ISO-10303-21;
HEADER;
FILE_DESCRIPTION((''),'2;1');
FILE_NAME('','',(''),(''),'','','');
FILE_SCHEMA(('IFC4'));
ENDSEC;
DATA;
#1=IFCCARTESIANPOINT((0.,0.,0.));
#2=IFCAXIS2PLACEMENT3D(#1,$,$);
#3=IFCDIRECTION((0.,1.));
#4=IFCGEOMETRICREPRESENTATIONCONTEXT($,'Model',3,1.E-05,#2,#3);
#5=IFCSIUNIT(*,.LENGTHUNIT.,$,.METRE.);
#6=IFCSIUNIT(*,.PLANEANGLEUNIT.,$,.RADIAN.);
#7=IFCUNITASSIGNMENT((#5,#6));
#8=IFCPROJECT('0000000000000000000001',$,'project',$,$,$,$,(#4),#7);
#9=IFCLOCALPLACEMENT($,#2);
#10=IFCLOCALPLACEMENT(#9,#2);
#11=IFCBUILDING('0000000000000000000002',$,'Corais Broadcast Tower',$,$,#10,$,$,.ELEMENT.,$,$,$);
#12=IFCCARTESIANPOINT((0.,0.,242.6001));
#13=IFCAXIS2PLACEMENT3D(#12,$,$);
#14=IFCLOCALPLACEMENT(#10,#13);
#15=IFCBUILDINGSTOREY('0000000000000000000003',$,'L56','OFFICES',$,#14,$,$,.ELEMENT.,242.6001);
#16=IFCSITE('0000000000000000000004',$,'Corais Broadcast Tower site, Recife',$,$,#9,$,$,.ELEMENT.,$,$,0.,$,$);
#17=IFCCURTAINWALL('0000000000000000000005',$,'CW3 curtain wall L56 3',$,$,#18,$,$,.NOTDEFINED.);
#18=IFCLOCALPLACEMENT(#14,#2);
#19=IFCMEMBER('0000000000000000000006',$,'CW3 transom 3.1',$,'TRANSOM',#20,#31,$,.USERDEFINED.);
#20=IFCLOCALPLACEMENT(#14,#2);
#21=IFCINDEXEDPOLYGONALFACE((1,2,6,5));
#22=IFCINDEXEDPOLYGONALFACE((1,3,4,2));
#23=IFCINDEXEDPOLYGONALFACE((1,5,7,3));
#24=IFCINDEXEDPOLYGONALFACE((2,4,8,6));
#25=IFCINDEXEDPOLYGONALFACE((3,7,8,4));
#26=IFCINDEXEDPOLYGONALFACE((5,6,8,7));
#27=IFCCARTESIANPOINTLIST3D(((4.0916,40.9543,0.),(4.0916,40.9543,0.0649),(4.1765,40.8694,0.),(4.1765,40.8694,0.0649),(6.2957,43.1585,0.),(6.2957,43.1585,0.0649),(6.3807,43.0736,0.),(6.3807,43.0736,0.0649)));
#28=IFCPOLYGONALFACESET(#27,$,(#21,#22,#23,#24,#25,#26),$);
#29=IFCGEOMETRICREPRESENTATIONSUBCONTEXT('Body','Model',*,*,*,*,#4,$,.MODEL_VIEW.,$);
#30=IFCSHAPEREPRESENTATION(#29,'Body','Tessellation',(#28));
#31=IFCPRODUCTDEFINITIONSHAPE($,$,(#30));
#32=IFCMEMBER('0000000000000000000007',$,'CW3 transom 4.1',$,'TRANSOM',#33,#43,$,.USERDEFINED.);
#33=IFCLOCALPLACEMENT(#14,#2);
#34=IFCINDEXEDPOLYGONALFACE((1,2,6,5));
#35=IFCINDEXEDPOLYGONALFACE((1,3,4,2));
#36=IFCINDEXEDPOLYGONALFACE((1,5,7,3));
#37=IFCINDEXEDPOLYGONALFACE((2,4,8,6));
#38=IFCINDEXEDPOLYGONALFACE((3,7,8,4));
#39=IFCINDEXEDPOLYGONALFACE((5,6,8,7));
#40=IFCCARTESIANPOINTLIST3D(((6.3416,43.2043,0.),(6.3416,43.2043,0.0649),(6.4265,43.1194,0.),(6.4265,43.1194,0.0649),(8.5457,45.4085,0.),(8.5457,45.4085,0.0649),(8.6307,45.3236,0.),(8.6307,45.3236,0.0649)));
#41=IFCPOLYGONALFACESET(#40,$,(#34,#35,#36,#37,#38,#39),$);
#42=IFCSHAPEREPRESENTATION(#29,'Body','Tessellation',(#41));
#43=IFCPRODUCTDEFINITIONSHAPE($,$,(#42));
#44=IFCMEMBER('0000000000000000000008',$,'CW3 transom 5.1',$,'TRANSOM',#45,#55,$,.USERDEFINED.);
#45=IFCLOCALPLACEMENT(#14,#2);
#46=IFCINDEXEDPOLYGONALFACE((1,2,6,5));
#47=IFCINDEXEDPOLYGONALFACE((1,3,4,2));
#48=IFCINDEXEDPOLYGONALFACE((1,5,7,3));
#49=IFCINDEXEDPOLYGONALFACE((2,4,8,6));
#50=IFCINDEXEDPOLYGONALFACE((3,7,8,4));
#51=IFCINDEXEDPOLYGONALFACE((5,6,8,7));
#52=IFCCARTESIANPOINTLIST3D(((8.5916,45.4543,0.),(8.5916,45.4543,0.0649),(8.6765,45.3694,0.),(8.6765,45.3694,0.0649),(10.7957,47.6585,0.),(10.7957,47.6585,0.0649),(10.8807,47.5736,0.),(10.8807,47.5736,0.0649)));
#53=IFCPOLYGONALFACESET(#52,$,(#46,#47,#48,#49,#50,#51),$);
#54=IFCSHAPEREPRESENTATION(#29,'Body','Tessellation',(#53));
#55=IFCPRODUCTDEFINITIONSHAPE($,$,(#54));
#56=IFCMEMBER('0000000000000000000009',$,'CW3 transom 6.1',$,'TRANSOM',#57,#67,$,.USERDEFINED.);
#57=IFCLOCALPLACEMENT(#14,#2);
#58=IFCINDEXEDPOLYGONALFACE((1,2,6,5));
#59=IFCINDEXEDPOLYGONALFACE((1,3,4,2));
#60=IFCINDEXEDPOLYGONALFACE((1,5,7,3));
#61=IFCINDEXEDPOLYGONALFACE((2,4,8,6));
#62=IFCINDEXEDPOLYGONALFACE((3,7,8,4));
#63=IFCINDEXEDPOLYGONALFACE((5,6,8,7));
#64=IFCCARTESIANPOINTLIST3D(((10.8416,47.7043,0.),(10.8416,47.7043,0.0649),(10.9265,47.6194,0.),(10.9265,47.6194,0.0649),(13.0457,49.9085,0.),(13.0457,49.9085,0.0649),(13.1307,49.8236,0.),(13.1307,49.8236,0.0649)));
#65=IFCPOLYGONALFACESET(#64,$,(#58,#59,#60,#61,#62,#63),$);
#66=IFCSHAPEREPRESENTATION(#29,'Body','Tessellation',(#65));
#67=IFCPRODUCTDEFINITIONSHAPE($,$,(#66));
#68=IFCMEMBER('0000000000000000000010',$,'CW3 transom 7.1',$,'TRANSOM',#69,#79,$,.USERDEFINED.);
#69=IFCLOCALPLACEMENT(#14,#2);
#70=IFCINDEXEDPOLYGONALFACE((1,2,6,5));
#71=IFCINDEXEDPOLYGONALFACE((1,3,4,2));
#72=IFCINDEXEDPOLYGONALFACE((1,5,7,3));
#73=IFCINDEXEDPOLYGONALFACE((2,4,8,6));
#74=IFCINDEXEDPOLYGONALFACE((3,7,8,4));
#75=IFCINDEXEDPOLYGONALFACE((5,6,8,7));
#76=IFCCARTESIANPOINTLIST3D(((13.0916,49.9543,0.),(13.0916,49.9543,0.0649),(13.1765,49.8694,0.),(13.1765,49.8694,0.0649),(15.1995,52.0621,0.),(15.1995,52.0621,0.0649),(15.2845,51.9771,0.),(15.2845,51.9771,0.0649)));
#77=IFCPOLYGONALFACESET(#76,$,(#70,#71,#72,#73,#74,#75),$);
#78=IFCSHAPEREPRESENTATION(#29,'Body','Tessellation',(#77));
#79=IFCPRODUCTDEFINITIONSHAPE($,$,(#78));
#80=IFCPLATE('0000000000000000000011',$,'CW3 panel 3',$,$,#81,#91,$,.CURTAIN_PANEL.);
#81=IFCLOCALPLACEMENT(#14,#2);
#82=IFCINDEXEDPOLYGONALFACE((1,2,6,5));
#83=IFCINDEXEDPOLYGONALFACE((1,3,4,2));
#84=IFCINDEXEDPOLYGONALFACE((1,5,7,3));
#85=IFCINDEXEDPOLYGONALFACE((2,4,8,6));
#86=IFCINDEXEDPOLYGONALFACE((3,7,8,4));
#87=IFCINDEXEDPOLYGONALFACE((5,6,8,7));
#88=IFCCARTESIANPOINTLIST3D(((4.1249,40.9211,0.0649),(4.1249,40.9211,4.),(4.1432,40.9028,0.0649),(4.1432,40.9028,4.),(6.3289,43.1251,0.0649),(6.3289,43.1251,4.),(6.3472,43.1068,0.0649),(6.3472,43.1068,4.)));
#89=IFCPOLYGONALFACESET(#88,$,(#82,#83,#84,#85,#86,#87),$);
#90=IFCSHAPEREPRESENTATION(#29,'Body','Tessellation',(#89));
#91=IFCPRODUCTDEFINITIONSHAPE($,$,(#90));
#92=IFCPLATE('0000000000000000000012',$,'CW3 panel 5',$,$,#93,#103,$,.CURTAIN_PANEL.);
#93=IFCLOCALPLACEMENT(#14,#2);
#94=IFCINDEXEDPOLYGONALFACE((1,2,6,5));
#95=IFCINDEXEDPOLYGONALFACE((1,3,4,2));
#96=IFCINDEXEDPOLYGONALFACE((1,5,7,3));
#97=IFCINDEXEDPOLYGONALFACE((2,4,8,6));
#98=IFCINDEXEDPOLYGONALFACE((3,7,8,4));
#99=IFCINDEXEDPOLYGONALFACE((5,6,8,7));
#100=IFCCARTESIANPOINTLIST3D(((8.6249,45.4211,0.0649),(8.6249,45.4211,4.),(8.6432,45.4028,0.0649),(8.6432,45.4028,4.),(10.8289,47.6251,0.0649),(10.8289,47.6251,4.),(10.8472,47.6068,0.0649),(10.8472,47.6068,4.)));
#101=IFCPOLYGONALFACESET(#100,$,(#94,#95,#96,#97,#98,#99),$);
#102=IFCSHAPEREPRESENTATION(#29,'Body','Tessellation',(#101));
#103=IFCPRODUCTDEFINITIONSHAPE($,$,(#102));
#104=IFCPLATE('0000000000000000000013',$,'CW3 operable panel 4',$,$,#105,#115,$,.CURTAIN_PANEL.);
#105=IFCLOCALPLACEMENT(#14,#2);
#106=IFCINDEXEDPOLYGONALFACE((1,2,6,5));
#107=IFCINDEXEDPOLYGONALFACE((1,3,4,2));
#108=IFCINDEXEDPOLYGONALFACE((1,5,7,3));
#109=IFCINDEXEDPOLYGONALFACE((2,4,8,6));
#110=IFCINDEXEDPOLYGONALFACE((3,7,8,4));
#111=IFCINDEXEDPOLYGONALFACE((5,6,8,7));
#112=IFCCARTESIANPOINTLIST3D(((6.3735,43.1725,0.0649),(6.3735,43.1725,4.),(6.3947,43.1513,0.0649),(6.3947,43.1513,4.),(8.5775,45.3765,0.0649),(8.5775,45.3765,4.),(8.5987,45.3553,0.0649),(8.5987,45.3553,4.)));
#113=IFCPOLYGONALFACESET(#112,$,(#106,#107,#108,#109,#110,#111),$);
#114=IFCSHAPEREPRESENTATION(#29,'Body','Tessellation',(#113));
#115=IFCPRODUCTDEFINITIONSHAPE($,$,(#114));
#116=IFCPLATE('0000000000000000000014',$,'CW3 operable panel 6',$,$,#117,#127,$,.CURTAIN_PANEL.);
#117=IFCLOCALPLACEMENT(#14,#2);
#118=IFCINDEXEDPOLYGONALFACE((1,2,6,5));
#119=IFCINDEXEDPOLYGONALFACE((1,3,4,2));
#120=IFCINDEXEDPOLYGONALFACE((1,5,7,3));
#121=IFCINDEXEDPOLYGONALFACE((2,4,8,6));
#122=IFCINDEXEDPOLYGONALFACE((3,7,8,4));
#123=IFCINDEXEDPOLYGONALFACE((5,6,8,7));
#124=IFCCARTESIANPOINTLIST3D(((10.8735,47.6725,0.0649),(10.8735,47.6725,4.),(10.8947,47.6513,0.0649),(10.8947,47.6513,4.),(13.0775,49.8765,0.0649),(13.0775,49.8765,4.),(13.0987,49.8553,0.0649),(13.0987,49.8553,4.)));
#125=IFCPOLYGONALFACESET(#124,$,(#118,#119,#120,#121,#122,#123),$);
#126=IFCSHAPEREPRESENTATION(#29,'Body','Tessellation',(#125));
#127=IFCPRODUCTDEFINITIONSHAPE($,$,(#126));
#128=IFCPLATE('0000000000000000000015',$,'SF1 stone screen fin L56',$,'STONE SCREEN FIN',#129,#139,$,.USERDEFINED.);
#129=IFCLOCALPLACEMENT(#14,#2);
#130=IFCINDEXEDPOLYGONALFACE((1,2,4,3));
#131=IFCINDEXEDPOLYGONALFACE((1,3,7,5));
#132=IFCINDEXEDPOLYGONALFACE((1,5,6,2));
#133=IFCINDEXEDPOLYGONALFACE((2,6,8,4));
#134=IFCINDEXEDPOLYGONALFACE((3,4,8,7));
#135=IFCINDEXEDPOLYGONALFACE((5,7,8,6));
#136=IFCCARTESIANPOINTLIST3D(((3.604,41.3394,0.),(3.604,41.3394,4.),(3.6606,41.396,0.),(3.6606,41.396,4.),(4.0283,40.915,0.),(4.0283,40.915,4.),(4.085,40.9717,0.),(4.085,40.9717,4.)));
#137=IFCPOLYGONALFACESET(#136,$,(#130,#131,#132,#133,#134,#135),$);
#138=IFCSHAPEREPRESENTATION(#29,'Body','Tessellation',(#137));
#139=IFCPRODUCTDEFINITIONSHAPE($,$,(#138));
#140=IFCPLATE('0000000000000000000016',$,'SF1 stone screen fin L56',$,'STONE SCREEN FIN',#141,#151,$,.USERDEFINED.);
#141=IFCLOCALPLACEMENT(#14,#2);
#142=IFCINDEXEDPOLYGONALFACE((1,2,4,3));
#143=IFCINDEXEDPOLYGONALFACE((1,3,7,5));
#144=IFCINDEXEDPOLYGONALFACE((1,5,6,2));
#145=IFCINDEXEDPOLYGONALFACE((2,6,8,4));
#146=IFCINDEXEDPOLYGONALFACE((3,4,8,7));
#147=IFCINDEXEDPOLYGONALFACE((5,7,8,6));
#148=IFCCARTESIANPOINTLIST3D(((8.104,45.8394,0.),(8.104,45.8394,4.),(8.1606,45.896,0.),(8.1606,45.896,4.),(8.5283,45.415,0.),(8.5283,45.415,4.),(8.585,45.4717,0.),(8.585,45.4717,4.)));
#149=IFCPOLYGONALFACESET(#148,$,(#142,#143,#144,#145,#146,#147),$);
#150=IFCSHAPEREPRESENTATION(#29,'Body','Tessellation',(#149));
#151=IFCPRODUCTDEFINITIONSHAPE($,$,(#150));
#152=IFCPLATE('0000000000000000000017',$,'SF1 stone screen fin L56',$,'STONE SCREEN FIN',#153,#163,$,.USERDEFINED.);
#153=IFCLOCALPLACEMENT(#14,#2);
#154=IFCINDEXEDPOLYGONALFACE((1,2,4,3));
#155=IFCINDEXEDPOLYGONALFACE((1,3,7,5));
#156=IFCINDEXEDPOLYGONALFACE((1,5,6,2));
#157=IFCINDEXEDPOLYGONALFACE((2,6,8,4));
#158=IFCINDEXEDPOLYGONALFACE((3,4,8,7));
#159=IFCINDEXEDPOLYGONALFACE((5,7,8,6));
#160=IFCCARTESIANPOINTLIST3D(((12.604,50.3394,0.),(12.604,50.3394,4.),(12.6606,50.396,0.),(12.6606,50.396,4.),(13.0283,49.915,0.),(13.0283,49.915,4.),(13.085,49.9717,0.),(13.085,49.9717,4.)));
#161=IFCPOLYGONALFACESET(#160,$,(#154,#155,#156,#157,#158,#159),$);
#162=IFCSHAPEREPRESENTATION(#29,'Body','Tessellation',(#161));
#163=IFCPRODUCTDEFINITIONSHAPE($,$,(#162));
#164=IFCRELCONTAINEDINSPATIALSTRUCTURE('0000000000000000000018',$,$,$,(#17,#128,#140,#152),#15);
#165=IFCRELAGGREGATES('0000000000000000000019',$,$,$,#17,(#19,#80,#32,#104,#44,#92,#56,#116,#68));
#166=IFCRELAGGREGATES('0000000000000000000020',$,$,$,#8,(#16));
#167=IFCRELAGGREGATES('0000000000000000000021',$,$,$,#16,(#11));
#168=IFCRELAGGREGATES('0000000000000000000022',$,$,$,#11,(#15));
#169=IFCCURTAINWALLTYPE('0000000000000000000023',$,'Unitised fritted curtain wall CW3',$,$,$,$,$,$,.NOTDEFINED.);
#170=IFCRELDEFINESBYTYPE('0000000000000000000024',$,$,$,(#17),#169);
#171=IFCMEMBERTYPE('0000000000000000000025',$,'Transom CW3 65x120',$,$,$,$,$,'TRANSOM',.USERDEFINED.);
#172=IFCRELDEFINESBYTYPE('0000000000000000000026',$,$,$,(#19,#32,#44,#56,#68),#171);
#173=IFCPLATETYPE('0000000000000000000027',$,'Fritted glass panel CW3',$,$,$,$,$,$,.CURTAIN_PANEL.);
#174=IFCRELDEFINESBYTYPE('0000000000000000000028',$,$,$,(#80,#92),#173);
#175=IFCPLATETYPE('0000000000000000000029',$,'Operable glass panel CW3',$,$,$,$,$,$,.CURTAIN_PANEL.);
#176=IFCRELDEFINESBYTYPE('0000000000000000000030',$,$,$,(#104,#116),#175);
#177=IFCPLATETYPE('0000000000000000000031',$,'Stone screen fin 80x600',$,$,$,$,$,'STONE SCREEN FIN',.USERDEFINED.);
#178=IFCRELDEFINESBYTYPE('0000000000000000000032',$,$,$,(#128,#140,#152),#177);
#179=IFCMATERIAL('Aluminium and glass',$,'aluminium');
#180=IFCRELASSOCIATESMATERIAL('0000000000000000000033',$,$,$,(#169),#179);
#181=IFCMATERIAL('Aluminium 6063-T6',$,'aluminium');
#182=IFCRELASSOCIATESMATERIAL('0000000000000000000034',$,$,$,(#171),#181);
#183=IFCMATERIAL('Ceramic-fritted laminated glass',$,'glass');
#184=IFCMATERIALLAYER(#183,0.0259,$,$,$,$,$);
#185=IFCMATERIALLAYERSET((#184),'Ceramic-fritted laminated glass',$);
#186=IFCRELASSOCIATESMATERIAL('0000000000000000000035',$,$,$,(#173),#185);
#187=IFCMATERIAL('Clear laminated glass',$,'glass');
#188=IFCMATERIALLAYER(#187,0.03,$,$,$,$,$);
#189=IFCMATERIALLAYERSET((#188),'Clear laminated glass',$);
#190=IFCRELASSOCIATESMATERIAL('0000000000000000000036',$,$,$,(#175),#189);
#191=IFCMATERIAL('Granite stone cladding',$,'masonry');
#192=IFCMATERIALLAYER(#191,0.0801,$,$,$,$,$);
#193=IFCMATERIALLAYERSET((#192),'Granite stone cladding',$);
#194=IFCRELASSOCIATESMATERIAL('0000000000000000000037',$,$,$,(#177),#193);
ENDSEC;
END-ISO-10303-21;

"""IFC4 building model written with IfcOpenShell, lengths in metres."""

from ifc_helpers import new_model, si_unit, direction, frame, origin, origin_2d, place, context, subcontext, project, spatial, rectangle, extrude, material, layer, layer_set, material_profile, profile_set, type_object, element, aggregate, save


model = new_model("IFC4")

# Units and contexts
model_context = context("Model", 3, precision=1e-05, world=origin(), true_north=direction((0.0, 1.0)))
body_context = subcontext(model_context, "Body", "Model", "MODEL_VIEW")
ifc_project = project(units=[si_unit("LENGTHUNIT", "METRE"), si_unit("PLANEANGLEUNIT", "RADIAN")], contexts=[model_context])

# Site, building, storey
site_placement = place(None, origin())
site = spatial("IfcSite", under=ifc_project, at=site_placement, Name="Corais Broadcast Tower site, Recife", CompositionType="ELEMENT", RefElevation=0.0)
building_placement = place(site_placement, origin())
building = spatial("IfcBuilding", under=site, at=building_placement, Name="Corais Broadcast Tower", CompositionType="ELEMENT")
storey_placement = place(building_placement, frame((0.0, 0.0, 242.6001)))
storey = spatial("IfcBuildingStorey", under=building, at=storey_placement, Name="L56", Description="OFFICES", CompositionType="ELEMENT", Elevation=242.6001)

# Curtain wall
ifc_material_1 = material(Name="Aluminium and glass", Category="aluminium")
curtain_wall_type = type_object("IfcCurtainWallType", Name="Unitised fritted curtain wall CW3", PredefinedType="NOTDEFINED", material=ifc_material_1)
curtain_wall_placement = place(storey_placement, origin())
curtain_wall = element("IfcCurtainWall", 1, at=curtain_wall_placement, inside=storey, type_object=curtain_wall_type, Name="CW3 curtain wall L56 3", PredefinedType="NOTDEFINED")

# Members
ifc_material_2 = material(Name="Aluminium 6063-T6", Category="aluminium")
ifc_material_profile_1 = material_profile(ifc_material_2, rectangle(XDim=0.1201, YDim=0.0649, at=origin_2d()), Name="Transom CW3 65x120")
ifc_profile_set_1 = profile_set([ifc_material_profile_1], Name="Aluminium 6063-T6")
member_type_1 = type_object("IfcMemberType", Name="Transom CW3 65x120", ElementType="TRANSOM", PredefinedType="USERDEFINED", material=ifc_profile_set_1)
member_1_placement = place(storey_placement, frame((4.134, 40.9119, 0.0325), z_axis=(0.707107, 0.707107, 0.0), x_axis=(-0.707107, 0.707107, 0.0)))
member_1 = element("IfcMember", 2, at=member_1_placement, type_object=member_type_1, Name="CW3 transom 3.1", ObjectType="TRANSOM", PredefinedType="USERDEFINED", context=body_context, shape_type="SweptSolid", body=[
    extrude(rectangle(XDim=0.1201, YDim=0.0649, at=origin_2d()), origin(), (0.0, 0.0, 1.0), 3.1172),
])
member_2_placement = place(storey_placement, frame((6.384, 43.1619, 0.0325), z_axis=(0.707107, 0.707107, 0.0), x_axis=(-0.707107, 0.707107, 0.0)))
member_2 = element("IfcMember", 3, at=member_2_placement, type_object=member_type_1, Name="CW3 transom 4.1", ObjectType="TRANSOM", PredefinedType="USERDEFINED", context=body_context, shape_type="SweptSolid", body=[
    extrude(rectangle(XDim=0.1201, YDim=0.0649, at=origin_2d()), origin(), (0.0, 0.0, 1.0), 3.1172),
])
member_3_placement = place(storey_placement, frame((8.634, 45.4119, 0.0325), z_axis=(0.707107, 0.707107, 0.0), x_axis=(-0.707107, 0.707107, 0.0)))
member_3 = element("IfcMember", 4, at=member_3_placement, type_object=member_type_1, Name="CW3 transom 5.1", ObjectType="TRANSOM", PredefinedType="USERDEFINED", context=body_context, shape_type="SweptSolid", body=[
    extrude(rectangle(XDim=0.1201, YDim=0.0649, at=origin_2d()), origin(), (0.0, 0.0, 1.0), 3.1172),
])
member_4_placement = place(storey_placement, frame((10.884, 47.6619, 0.0325), z_axis=(0.707107, 0.707107, 0.0), x_axis=(-0.707107, 0.707107, 0.0)))
member_4 = element("IfcMember", 5, at=member_4_placement, type_object=member_type_1, Name="CW3 transom 6.1", ObjectType="TRANSOM", PredefinedType="USERDEFINED", context=body_context, shape_type="SweptSolid", body=[
    extrude(rectangle(XDim=0.1201, YDim=0.0649, at=origin_2d()), origin(), (0.0, 0.0, 1.0), 3.1172),
])
member_5_placement = place(storey_placement, frame((13.134, 49.9119, 0.0325), z_axis=(0.707148, 0.707066, 0.0), x_axis=(-0.707066, 0.707148, 0.0)))
member_5 = element("IfcMember", 6, at=member_5_placement, type_object=member_type_1, Name="CW3 transom 7.1", ObjectType="TRANSOM", PredefinedType="USERDEFINED", context=body_context, shape_type="SweptSolid", body=[
    extrude(rectangle(XDim=0.1201, YDim=0.0649, at=origin_2d()), origin(), (0.0, 0.0, 1.0), 2.981),
])

# Plates
ifc_material_3 = material(Name="Ceramic-fritted laminated glass", Category="glass")
ifc_layer_1 = layer(ifc_material_3, 0.0259)
ifc_layer_set_1 = layer_set([ifc_layer_1], Name="Ceramic-fritted laminated glass")
plate_type_1 = type_object("IfcPlateType", Name="Fritted glass panel CW3", PredefinedType="CURTAIN_PANEL", material=ifc_layer_set_1)
plate_1_placement = place(storey_placement, frame((5.2361, 42.0139, 0.0649), z_axis=(0.0, 0.0, 1.0), x_axis=(0.707107, 0.707107, 0.0)))
plate_1 = element("IfcPlate", 7, at=plate_1_placement, type_object=plate_type_1, Name="CW3 panel 3", PredefinedType="CURTAIN_PANEL", context=body_context, shape_type="SweptSolid", body=[
    extrude(rectangle(XDim=3.1169, YDim=0.0259, at=origin_2d()), origin(), (0.0, 0.0, 1.0), 3.9351),
])
plate_2_placement = place(storey_placement, frame((9.7361, 46.5139, 0.0649), z_axis=(0.0, 0.0, 1.0), x_axis=(0.707107, 0.707107, 0.0)))
plate_2 = element("IfcPlate", 8, at=plate_2_placement, type_object=plate_type_1, Name="CW3 panel 5", PredefinedType="CURTAIN_PANEL", context=body_context, shape_type="SweptSolid", body=[
    extrude(rectangle(XDim=3.1169, YDim=0.0259, at=origin_2d()), origin(), (0.0, 0.0, 1.0), 3.9351),
])
ifc_material_4 = material(Name="Clear laminated glass", Category="glass")
ifc_layer_2 = layer(ifc_material_4, 0.03)
ifc_layer_set_2 = layer_set([ifc_layer_2], Name="Clear laminated glass")
plate_type_2 = type_object("IfcPlateType", Name="Operable glass panel CW3", PredefinedType="CURTAIN_PANEL", material=ifc_layer_set_2)
plate_3_placement = place(storey_placement, frame((7.4861, 44.2639, 0.0649), z_axis=(0.0, 0.0, 1.0), x_axis=(0.707107, 0.707107, 0.0)))
plate_3 = element("IfcPlate", 9, at=plate_3_placement, type_object=plate_type_2, Name="CW3 operable panel 4", PredefinedType="CURTAIN_PANEL", context=body_context, shape_type="SweptSolid", body=[
    extrude(rectangle(XDim=3.1169, YDim=0.03, at=origin_2d()), origin(), (0.0, 0.0, 1.0), 3.9351),
])
plate_4_placement = place(storey_placement, frame((11.9861, 48.7639, 0.0649), z_axis=(0.0, 0.0, 1.0), x_axis=(0.707107, 0.707107, 0.0)))
plate_4 = element("IfcPlate", 10, at=plate_4_placement, type_object=plate_type_2, Name="CW3 operable panel 6", PredefinedType="CURTAIN_PANEL", context=body_context, shape_type="SweptSolid", body=[
    extrude(rectangle(XDim=3.1169, YDim=0.03, at=origin_2d()), origin(), (0.0, 0.0, 1.0), 3.9351),
])
aggregate(curtain_wall, [member_1, plate_1, member_2, plate_3, member_3, plate_2, member_4, plate_4, member_5])

# Plates
ifc_material_5 = material(Name="Granite stone cladding", Category="masonry")
ifc_layer_3 = layer(ifc_material_5, 0.0801)
ifc_layer_set_3 = layer_set([ifc_layer_3], Name="Granite stone cladding")
plate_type_3 = type_object("IfcPlateType", Name="Stone screen fin 80x600", ElementType="STONE SCREEN FIN", PredefinedType="USERDEFINED", material=ifc_layer_set_3)
for number, where, z_axis, x_axis, name in (
    (11, (3.8445, 41.1555, 0.0), (0.0, 0.0, 1.0), (0.707107, 0.707107, 0.0), "SF1 stone screen fin L56"),
    (12, (8.3445, 45.6555, 0.0), (0.0, 0.0, 1.0), (0.707107, 0.707107, 0.0), "SF1 stone screen fin L56"),
    (13, (12.8445, 50.1555, 0.0), (0.0, 0.0, 1.0), (0.707107, 0.707107, 0.0), "SF1 stone screen fin L56"),
):
    element("IfcPlate", number, at=place(storey_placement, frame(where, z_axis=z_axis, x_axis=x_axis)), inside=storey, type_object=plate_type_3, Name=name, ObjectType="STONE SCREEN FIN", PredefinedType="USERDEFINED", context=body_context, shape_type="SweptSolid", body=[
        extrude(rectangle(XDim=0.0801, YDim=0.6001, at=origin_2d()), origin(), (0.0, 0.0, 1.0), 4.0),
    ])

save(model, "model.ifc")
